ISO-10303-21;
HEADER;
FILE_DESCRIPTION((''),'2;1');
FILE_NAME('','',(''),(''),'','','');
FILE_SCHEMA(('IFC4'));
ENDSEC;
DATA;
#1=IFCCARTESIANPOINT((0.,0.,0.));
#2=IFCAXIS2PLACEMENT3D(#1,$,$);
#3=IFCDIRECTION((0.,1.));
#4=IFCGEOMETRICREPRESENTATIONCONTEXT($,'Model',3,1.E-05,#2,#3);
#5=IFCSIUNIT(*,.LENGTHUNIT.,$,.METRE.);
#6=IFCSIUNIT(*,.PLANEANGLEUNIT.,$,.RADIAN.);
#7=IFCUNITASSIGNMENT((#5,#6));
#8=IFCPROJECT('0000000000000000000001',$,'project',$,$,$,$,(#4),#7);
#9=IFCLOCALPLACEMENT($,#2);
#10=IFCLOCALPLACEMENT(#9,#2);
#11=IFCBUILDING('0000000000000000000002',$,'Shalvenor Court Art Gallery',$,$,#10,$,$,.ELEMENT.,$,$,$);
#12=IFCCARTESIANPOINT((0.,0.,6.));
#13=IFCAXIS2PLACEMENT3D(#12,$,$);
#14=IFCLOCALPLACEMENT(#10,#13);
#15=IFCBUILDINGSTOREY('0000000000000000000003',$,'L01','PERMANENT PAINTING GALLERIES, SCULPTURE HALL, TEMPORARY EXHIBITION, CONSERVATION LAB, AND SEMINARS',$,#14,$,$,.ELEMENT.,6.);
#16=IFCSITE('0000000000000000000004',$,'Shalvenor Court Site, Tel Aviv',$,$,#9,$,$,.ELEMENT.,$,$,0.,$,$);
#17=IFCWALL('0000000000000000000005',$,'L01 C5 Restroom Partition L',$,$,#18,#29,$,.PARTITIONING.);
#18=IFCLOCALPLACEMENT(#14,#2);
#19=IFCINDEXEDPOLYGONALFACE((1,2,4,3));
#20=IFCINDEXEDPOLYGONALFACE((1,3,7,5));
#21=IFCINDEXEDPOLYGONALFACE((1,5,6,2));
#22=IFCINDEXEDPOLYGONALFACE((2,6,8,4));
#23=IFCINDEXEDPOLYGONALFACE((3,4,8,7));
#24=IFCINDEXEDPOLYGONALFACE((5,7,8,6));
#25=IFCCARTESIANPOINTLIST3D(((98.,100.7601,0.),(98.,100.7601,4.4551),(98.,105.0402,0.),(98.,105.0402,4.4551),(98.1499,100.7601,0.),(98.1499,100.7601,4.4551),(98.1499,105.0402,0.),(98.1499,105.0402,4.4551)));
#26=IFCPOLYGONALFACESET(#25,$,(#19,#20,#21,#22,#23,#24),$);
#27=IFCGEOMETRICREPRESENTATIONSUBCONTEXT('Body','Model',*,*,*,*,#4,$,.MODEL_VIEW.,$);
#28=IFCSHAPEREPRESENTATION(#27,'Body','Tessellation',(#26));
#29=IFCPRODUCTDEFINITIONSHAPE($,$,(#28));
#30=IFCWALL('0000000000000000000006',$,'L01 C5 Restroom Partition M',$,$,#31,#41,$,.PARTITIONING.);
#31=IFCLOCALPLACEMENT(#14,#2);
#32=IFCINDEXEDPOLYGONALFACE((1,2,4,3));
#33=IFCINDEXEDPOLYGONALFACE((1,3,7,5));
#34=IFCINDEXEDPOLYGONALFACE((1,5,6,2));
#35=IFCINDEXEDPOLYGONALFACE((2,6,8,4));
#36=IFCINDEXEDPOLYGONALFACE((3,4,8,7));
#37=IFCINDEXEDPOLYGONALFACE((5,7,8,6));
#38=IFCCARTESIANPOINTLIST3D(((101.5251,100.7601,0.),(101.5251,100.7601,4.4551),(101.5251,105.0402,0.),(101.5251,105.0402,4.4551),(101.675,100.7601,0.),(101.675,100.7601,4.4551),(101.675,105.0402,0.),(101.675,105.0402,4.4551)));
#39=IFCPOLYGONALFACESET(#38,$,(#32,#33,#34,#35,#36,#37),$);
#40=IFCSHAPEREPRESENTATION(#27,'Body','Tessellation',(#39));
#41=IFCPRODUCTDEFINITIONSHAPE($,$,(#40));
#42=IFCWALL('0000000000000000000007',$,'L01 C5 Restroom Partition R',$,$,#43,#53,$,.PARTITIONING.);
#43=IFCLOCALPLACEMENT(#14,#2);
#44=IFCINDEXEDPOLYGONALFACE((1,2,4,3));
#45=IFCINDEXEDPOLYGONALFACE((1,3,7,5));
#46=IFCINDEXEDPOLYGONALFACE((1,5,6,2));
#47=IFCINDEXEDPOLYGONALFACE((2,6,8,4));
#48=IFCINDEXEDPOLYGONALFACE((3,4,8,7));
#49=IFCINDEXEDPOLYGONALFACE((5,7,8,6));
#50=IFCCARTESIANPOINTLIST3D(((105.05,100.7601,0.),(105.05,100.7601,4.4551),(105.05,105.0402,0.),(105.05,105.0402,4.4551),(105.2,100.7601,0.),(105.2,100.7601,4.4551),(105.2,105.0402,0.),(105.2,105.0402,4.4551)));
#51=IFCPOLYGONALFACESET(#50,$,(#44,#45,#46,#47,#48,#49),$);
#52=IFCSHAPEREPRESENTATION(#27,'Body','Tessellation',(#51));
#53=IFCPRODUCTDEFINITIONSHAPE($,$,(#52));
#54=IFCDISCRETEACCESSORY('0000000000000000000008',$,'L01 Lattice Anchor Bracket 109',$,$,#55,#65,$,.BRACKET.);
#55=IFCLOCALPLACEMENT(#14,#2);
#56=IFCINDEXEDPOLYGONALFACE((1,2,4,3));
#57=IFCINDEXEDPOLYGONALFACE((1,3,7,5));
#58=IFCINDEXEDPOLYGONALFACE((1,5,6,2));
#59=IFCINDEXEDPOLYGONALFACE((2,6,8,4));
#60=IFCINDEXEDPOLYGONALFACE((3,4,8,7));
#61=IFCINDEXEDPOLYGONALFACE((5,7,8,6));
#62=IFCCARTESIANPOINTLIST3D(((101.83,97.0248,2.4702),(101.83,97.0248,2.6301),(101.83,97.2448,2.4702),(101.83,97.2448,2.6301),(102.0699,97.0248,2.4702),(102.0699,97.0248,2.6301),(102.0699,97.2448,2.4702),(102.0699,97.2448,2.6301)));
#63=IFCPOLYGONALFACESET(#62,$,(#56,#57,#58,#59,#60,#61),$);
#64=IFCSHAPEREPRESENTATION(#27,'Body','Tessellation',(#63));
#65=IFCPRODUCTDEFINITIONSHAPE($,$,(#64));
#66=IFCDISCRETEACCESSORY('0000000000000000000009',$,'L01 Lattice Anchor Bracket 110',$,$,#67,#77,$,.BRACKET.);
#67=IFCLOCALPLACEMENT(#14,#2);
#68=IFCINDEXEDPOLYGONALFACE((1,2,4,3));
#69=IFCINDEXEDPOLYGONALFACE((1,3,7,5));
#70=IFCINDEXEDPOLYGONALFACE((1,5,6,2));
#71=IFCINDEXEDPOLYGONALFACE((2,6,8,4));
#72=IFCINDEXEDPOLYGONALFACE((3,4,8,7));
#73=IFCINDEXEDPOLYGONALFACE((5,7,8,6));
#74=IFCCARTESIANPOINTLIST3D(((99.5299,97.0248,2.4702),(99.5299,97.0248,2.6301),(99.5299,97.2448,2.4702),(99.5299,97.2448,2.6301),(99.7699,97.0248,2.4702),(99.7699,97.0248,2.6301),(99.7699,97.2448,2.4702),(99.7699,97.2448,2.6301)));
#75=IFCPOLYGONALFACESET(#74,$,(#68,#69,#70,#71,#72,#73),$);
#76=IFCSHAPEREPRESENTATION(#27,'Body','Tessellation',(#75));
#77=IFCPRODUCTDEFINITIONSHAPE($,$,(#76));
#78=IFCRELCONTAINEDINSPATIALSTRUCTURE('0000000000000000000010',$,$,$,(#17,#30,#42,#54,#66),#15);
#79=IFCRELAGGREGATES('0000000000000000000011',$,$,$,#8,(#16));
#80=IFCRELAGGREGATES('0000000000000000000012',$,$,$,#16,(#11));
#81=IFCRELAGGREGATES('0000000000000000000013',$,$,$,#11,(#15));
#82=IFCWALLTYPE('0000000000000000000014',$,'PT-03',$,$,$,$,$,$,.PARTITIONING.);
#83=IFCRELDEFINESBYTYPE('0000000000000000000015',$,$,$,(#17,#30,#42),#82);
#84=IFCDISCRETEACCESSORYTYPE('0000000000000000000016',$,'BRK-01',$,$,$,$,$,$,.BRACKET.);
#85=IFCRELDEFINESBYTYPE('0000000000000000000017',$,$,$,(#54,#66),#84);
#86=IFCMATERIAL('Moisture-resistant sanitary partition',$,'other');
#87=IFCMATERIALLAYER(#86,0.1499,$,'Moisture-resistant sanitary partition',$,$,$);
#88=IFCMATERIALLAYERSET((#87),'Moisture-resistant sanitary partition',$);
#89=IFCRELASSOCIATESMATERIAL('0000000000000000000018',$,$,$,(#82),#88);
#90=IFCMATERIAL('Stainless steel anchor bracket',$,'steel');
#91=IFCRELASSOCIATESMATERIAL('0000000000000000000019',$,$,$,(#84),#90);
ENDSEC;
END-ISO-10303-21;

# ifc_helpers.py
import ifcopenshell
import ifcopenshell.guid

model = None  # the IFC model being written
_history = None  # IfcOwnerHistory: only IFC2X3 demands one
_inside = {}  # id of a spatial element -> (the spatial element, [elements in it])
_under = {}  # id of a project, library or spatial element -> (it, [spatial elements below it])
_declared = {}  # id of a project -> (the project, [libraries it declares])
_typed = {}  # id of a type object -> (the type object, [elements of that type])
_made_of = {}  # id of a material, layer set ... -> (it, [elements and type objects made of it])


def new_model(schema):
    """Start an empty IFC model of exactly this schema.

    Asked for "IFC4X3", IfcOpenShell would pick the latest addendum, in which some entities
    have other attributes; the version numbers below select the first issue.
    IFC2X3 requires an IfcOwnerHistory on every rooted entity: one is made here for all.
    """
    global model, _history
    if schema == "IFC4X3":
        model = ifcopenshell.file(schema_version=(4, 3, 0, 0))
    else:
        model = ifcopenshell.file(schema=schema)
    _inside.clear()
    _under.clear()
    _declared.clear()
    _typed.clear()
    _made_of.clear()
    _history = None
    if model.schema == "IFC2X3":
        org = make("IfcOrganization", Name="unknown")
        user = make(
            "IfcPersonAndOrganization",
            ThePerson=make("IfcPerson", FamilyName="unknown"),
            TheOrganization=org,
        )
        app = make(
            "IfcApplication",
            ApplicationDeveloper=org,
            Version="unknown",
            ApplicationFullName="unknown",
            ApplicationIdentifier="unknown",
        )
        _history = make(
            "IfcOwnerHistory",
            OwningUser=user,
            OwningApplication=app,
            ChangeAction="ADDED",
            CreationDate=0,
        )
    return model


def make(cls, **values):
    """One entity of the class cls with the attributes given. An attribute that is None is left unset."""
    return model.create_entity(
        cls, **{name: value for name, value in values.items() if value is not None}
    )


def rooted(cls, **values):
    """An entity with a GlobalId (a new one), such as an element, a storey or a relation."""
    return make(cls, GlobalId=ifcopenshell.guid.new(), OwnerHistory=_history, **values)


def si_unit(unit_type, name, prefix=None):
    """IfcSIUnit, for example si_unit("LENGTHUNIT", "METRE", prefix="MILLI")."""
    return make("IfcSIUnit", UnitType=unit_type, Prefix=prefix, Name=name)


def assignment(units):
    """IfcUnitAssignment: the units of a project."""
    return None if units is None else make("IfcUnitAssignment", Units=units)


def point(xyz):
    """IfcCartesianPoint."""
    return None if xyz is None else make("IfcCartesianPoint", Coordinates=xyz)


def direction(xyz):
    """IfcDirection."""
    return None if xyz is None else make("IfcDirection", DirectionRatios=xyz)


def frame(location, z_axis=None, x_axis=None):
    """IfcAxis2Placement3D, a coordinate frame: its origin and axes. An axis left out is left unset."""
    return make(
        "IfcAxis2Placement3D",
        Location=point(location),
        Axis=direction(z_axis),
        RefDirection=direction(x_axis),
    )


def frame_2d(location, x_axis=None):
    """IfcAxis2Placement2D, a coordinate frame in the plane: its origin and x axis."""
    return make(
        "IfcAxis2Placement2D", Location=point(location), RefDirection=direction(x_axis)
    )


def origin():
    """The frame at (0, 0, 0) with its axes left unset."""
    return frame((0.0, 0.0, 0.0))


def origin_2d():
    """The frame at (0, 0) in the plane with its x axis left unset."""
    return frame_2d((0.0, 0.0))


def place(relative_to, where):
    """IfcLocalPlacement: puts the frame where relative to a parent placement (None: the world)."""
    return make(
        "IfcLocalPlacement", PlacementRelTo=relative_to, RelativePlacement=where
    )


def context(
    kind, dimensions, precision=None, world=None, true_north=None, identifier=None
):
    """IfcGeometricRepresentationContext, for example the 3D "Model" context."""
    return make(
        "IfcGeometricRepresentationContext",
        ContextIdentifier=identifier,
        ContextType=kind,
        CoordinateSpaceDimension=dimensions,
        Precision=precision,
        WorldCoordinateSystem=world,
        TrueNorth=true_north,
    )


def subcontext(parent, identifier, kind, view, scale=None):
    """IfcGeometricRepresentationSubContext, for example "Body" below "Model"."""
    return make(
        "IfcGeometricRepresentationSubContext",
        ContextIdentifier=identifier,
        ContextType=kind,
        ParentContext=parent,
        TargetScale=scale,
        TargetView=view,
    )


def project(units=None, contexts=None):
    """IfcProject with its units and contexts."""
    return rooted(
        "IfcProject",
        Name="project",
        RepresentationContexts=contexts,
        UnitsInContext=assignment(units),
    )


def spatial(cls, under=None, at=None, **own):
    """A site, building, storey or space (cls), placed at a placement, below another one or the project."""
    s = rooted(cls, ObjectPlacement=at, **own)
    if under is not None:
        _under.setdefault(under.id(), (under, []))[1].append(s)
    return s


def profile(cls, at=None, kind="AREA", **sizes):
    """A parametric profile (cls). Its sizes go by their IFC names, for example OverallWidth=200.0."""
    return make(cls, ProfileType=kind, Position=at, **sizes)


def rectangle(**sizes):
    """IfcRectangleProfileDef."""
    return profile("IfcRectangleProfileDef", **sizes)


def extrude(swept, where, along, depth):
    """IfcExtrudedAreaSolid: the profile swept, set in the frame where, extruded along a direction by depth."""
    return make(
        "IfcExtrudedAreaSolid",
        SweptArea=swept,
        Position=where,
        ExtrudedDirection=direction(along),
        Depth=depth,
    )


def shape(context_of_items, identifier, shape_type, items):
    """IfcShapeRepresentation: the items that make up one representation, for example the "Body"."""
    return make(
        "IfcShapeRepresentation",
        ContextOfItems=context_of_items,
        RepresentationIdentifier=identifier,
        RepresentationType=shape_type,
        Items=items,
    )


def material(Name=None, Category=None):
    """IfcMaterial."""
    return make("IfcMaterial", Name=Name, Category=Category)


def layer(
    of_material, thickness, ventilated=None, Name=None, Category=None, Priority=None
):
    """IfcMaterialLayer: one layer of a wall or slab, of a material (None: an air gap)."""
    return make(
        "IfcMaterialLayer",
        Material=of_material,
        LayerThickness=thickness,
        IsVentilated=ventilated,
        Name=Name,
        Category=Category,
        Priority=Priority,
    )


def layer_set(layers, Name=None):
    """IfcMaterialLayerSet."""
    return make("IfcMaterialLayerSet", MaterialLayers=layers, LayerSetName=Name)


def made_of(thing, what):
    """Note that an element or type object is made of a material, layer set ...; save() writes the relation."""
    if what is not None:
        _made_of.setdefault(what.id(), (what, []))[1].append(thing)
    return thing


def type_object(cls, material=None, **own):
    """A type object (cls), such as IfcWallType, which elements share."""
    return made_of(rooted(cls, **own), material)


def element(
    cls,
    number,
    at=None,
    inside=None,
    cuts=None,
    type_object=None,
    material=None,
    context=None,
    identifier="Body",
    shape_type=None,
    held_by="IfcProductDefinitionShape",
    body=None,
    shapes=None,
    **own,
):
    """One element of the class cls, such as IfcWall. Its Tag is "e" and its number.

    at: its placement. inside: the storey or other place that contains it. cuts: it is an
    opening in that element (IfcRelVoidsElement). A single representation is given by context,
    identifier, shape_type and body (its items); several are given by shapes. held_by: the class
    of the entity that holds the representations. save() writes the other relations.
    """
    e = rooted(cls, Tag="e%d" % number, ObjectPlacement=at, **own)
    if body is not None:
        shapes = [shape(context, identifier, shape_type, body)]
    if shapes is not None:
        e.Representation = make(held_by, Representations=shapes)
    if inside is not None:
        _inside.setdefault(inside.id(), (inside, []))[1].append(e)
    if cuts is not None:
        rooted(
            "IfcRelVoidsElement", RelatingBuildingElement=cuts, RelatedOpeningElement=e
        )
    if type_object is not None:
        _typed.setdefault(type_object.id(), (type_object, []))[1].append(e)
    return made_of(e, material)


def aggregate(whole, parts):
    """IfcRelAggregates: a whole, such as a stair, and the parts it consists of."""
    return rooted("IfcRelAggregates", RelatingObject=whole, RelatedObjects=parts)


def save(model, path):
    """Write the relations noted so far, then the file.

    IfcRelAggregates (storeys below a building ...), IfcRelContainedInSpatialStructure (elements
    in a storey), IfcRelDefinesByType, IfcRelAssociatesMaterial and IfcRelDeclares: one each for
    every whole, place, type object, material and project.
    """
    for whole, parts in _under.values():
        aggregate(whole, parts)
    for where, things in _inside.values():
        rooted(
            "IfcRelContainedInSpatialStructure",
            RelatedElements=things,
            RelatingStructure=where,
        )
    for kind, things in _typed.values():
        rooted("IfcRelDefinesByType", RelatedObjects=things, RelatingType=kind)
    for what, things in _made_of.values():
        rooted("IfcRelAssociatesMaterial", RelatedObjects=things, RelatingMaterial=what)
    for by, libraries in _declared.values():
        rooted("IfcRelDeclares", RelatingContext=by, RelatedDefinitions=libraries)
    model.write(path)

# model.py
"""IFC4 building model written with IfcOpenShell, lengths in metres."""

from ifc_helpers import new_model, si_unit, direction, frame, frame_2d, origin, origin_2d, place, context, subcontext, project, spatial, rectangle, extrude, material, layer, layer_set, type_object, element, save


model = new_model("IFC4")

# Units and contexts
model_context = context("Model", 3, precision=1e-05, world=origin(), true_north=direction((0.0, 1.0)))
body_context = subcontext(model_context, "Body", "Model", "MODEL_VIEW")
ifc_project = project(units=[si_unit("LENGTHUNIT", "METRE"), si_unit("PLANEANGLEUNIT", "RADIAN")], contexts=[model_context])

# Site, building, storey
site_placement = place(None, origin())
site = spatial("IfcSite", under=ifc_project, at=site_placement, Name="Shalvenor Court Site, Tel Aviv", CompositionType="ELEMENT", RefElevation=0.0)
building_placement = place(site_placement, origin())
building = spatial("IfcBuilding", under=site, at=building_placement, Name="Shalvenor Court Art Gallery", CompositionType="ELEMENT")
storey_placement = place(building_placement, frame((0.0, 0.0, 6.0)))
storey = spatial("IfcBuildingStorey", under=building, at=storey_placement, Name="L01", Description="PERMANENT PAINTING GALLERIES, SCULPTURE HALL, TEMPORARY EXHIBITION, CONSERVATION LAB, AND SEMINARS", CompositionType="ELEMENT", Elevation=6.0)

# Shared definitions
ifc_material_1 = material(Name="Moisture-resistant sanitary partition", Category="other")
ifc_layer_1 = layer(ifc_material_1, 0.1499, Name="Moisture-resistant sanitary partition")
ifc_layer_set_1 = layer_set([ifc_layer_1], Name="Moisture-resistant sanitary partition")
wall_type = type_object("IfcWallType", Name="PT-03", PredefinedType="PARTITIONING", material=ifc_layer_set_1)

# Walls
for number, where, z_axis, x_axis, name in (
    (1, (98.075, 100.76, 0.0), (0.0, 0.0, 1.0), (0.0, 1.0, 0.0), "L01 C5 Restroom Partition L"),
    (2, (101.6001, 100.76, 0.0), (0.0, 0.0, 1.0), (0.0, 1.0, 0.0), "L01 C5 Restroom Partition M"),
    (3, (105.125, 100.76, 0.0), (0.0, 0.0, 1.0), (0.0, 1.0, 0.0), "L01 C5 Restroom Partition R"),
):
    element("IfcWall", number, at=place(storey_placement, frame(where, z_axis=z_axis, x_axis=x_axis)), inside=storey, type_object=wall_type, Name=name, PredefinedType="PARTITIONING", context=body_context, shape_type="SweptSolid", body=[
        extrude(rectangle(XDim=4.28, YDim=0.1499, at=frame_2d((2.1401, 0.0))), origin(), (0.0, 0.0, 1.0), 4.4551),
    ])

# Discrete accessories
ifc_material_2 = material(Name="Stainless steel anchor bracket", Category="steel")
discrete_accessory_type = type_object("IfcDiscreteAccessoryType", Name="BRK-01", PredefinedType="BRACKET", material=ifc_material_2)
for number, where, z_axis, x_axis, name in (
    (4, (101.95, 97.1348, 2.4702), (0.0, 0.0, 1.0), (-1.0, 0.0, 0.0), "L01 Lattice Anchor Bracket 109"),
    (5, (99.6499, 97.1348, 2.4702), (0.0, 0.0, 1.0), (-1.0, 0.0, 0.0), "L01 Lattice Anchor Bracket 110"),
):
    element("IfcDiscreteAccessory", number, at=place(storey_placement, frame(where, z_axis=z_axis, x_axis=x_axis)), inside=storey, type_object=discrete_accessory_type, Name=name, PredefinedType="BRACKET", context=body_context, shape_type="SweptSolid", body=[
        extrude(rectangle(XDim=0.24, YDim=0.22, at=origin_2d()), origin(), (0.0, 0.0, 1.0), 0.1599),
    ])

save(model, "model.ifc")
